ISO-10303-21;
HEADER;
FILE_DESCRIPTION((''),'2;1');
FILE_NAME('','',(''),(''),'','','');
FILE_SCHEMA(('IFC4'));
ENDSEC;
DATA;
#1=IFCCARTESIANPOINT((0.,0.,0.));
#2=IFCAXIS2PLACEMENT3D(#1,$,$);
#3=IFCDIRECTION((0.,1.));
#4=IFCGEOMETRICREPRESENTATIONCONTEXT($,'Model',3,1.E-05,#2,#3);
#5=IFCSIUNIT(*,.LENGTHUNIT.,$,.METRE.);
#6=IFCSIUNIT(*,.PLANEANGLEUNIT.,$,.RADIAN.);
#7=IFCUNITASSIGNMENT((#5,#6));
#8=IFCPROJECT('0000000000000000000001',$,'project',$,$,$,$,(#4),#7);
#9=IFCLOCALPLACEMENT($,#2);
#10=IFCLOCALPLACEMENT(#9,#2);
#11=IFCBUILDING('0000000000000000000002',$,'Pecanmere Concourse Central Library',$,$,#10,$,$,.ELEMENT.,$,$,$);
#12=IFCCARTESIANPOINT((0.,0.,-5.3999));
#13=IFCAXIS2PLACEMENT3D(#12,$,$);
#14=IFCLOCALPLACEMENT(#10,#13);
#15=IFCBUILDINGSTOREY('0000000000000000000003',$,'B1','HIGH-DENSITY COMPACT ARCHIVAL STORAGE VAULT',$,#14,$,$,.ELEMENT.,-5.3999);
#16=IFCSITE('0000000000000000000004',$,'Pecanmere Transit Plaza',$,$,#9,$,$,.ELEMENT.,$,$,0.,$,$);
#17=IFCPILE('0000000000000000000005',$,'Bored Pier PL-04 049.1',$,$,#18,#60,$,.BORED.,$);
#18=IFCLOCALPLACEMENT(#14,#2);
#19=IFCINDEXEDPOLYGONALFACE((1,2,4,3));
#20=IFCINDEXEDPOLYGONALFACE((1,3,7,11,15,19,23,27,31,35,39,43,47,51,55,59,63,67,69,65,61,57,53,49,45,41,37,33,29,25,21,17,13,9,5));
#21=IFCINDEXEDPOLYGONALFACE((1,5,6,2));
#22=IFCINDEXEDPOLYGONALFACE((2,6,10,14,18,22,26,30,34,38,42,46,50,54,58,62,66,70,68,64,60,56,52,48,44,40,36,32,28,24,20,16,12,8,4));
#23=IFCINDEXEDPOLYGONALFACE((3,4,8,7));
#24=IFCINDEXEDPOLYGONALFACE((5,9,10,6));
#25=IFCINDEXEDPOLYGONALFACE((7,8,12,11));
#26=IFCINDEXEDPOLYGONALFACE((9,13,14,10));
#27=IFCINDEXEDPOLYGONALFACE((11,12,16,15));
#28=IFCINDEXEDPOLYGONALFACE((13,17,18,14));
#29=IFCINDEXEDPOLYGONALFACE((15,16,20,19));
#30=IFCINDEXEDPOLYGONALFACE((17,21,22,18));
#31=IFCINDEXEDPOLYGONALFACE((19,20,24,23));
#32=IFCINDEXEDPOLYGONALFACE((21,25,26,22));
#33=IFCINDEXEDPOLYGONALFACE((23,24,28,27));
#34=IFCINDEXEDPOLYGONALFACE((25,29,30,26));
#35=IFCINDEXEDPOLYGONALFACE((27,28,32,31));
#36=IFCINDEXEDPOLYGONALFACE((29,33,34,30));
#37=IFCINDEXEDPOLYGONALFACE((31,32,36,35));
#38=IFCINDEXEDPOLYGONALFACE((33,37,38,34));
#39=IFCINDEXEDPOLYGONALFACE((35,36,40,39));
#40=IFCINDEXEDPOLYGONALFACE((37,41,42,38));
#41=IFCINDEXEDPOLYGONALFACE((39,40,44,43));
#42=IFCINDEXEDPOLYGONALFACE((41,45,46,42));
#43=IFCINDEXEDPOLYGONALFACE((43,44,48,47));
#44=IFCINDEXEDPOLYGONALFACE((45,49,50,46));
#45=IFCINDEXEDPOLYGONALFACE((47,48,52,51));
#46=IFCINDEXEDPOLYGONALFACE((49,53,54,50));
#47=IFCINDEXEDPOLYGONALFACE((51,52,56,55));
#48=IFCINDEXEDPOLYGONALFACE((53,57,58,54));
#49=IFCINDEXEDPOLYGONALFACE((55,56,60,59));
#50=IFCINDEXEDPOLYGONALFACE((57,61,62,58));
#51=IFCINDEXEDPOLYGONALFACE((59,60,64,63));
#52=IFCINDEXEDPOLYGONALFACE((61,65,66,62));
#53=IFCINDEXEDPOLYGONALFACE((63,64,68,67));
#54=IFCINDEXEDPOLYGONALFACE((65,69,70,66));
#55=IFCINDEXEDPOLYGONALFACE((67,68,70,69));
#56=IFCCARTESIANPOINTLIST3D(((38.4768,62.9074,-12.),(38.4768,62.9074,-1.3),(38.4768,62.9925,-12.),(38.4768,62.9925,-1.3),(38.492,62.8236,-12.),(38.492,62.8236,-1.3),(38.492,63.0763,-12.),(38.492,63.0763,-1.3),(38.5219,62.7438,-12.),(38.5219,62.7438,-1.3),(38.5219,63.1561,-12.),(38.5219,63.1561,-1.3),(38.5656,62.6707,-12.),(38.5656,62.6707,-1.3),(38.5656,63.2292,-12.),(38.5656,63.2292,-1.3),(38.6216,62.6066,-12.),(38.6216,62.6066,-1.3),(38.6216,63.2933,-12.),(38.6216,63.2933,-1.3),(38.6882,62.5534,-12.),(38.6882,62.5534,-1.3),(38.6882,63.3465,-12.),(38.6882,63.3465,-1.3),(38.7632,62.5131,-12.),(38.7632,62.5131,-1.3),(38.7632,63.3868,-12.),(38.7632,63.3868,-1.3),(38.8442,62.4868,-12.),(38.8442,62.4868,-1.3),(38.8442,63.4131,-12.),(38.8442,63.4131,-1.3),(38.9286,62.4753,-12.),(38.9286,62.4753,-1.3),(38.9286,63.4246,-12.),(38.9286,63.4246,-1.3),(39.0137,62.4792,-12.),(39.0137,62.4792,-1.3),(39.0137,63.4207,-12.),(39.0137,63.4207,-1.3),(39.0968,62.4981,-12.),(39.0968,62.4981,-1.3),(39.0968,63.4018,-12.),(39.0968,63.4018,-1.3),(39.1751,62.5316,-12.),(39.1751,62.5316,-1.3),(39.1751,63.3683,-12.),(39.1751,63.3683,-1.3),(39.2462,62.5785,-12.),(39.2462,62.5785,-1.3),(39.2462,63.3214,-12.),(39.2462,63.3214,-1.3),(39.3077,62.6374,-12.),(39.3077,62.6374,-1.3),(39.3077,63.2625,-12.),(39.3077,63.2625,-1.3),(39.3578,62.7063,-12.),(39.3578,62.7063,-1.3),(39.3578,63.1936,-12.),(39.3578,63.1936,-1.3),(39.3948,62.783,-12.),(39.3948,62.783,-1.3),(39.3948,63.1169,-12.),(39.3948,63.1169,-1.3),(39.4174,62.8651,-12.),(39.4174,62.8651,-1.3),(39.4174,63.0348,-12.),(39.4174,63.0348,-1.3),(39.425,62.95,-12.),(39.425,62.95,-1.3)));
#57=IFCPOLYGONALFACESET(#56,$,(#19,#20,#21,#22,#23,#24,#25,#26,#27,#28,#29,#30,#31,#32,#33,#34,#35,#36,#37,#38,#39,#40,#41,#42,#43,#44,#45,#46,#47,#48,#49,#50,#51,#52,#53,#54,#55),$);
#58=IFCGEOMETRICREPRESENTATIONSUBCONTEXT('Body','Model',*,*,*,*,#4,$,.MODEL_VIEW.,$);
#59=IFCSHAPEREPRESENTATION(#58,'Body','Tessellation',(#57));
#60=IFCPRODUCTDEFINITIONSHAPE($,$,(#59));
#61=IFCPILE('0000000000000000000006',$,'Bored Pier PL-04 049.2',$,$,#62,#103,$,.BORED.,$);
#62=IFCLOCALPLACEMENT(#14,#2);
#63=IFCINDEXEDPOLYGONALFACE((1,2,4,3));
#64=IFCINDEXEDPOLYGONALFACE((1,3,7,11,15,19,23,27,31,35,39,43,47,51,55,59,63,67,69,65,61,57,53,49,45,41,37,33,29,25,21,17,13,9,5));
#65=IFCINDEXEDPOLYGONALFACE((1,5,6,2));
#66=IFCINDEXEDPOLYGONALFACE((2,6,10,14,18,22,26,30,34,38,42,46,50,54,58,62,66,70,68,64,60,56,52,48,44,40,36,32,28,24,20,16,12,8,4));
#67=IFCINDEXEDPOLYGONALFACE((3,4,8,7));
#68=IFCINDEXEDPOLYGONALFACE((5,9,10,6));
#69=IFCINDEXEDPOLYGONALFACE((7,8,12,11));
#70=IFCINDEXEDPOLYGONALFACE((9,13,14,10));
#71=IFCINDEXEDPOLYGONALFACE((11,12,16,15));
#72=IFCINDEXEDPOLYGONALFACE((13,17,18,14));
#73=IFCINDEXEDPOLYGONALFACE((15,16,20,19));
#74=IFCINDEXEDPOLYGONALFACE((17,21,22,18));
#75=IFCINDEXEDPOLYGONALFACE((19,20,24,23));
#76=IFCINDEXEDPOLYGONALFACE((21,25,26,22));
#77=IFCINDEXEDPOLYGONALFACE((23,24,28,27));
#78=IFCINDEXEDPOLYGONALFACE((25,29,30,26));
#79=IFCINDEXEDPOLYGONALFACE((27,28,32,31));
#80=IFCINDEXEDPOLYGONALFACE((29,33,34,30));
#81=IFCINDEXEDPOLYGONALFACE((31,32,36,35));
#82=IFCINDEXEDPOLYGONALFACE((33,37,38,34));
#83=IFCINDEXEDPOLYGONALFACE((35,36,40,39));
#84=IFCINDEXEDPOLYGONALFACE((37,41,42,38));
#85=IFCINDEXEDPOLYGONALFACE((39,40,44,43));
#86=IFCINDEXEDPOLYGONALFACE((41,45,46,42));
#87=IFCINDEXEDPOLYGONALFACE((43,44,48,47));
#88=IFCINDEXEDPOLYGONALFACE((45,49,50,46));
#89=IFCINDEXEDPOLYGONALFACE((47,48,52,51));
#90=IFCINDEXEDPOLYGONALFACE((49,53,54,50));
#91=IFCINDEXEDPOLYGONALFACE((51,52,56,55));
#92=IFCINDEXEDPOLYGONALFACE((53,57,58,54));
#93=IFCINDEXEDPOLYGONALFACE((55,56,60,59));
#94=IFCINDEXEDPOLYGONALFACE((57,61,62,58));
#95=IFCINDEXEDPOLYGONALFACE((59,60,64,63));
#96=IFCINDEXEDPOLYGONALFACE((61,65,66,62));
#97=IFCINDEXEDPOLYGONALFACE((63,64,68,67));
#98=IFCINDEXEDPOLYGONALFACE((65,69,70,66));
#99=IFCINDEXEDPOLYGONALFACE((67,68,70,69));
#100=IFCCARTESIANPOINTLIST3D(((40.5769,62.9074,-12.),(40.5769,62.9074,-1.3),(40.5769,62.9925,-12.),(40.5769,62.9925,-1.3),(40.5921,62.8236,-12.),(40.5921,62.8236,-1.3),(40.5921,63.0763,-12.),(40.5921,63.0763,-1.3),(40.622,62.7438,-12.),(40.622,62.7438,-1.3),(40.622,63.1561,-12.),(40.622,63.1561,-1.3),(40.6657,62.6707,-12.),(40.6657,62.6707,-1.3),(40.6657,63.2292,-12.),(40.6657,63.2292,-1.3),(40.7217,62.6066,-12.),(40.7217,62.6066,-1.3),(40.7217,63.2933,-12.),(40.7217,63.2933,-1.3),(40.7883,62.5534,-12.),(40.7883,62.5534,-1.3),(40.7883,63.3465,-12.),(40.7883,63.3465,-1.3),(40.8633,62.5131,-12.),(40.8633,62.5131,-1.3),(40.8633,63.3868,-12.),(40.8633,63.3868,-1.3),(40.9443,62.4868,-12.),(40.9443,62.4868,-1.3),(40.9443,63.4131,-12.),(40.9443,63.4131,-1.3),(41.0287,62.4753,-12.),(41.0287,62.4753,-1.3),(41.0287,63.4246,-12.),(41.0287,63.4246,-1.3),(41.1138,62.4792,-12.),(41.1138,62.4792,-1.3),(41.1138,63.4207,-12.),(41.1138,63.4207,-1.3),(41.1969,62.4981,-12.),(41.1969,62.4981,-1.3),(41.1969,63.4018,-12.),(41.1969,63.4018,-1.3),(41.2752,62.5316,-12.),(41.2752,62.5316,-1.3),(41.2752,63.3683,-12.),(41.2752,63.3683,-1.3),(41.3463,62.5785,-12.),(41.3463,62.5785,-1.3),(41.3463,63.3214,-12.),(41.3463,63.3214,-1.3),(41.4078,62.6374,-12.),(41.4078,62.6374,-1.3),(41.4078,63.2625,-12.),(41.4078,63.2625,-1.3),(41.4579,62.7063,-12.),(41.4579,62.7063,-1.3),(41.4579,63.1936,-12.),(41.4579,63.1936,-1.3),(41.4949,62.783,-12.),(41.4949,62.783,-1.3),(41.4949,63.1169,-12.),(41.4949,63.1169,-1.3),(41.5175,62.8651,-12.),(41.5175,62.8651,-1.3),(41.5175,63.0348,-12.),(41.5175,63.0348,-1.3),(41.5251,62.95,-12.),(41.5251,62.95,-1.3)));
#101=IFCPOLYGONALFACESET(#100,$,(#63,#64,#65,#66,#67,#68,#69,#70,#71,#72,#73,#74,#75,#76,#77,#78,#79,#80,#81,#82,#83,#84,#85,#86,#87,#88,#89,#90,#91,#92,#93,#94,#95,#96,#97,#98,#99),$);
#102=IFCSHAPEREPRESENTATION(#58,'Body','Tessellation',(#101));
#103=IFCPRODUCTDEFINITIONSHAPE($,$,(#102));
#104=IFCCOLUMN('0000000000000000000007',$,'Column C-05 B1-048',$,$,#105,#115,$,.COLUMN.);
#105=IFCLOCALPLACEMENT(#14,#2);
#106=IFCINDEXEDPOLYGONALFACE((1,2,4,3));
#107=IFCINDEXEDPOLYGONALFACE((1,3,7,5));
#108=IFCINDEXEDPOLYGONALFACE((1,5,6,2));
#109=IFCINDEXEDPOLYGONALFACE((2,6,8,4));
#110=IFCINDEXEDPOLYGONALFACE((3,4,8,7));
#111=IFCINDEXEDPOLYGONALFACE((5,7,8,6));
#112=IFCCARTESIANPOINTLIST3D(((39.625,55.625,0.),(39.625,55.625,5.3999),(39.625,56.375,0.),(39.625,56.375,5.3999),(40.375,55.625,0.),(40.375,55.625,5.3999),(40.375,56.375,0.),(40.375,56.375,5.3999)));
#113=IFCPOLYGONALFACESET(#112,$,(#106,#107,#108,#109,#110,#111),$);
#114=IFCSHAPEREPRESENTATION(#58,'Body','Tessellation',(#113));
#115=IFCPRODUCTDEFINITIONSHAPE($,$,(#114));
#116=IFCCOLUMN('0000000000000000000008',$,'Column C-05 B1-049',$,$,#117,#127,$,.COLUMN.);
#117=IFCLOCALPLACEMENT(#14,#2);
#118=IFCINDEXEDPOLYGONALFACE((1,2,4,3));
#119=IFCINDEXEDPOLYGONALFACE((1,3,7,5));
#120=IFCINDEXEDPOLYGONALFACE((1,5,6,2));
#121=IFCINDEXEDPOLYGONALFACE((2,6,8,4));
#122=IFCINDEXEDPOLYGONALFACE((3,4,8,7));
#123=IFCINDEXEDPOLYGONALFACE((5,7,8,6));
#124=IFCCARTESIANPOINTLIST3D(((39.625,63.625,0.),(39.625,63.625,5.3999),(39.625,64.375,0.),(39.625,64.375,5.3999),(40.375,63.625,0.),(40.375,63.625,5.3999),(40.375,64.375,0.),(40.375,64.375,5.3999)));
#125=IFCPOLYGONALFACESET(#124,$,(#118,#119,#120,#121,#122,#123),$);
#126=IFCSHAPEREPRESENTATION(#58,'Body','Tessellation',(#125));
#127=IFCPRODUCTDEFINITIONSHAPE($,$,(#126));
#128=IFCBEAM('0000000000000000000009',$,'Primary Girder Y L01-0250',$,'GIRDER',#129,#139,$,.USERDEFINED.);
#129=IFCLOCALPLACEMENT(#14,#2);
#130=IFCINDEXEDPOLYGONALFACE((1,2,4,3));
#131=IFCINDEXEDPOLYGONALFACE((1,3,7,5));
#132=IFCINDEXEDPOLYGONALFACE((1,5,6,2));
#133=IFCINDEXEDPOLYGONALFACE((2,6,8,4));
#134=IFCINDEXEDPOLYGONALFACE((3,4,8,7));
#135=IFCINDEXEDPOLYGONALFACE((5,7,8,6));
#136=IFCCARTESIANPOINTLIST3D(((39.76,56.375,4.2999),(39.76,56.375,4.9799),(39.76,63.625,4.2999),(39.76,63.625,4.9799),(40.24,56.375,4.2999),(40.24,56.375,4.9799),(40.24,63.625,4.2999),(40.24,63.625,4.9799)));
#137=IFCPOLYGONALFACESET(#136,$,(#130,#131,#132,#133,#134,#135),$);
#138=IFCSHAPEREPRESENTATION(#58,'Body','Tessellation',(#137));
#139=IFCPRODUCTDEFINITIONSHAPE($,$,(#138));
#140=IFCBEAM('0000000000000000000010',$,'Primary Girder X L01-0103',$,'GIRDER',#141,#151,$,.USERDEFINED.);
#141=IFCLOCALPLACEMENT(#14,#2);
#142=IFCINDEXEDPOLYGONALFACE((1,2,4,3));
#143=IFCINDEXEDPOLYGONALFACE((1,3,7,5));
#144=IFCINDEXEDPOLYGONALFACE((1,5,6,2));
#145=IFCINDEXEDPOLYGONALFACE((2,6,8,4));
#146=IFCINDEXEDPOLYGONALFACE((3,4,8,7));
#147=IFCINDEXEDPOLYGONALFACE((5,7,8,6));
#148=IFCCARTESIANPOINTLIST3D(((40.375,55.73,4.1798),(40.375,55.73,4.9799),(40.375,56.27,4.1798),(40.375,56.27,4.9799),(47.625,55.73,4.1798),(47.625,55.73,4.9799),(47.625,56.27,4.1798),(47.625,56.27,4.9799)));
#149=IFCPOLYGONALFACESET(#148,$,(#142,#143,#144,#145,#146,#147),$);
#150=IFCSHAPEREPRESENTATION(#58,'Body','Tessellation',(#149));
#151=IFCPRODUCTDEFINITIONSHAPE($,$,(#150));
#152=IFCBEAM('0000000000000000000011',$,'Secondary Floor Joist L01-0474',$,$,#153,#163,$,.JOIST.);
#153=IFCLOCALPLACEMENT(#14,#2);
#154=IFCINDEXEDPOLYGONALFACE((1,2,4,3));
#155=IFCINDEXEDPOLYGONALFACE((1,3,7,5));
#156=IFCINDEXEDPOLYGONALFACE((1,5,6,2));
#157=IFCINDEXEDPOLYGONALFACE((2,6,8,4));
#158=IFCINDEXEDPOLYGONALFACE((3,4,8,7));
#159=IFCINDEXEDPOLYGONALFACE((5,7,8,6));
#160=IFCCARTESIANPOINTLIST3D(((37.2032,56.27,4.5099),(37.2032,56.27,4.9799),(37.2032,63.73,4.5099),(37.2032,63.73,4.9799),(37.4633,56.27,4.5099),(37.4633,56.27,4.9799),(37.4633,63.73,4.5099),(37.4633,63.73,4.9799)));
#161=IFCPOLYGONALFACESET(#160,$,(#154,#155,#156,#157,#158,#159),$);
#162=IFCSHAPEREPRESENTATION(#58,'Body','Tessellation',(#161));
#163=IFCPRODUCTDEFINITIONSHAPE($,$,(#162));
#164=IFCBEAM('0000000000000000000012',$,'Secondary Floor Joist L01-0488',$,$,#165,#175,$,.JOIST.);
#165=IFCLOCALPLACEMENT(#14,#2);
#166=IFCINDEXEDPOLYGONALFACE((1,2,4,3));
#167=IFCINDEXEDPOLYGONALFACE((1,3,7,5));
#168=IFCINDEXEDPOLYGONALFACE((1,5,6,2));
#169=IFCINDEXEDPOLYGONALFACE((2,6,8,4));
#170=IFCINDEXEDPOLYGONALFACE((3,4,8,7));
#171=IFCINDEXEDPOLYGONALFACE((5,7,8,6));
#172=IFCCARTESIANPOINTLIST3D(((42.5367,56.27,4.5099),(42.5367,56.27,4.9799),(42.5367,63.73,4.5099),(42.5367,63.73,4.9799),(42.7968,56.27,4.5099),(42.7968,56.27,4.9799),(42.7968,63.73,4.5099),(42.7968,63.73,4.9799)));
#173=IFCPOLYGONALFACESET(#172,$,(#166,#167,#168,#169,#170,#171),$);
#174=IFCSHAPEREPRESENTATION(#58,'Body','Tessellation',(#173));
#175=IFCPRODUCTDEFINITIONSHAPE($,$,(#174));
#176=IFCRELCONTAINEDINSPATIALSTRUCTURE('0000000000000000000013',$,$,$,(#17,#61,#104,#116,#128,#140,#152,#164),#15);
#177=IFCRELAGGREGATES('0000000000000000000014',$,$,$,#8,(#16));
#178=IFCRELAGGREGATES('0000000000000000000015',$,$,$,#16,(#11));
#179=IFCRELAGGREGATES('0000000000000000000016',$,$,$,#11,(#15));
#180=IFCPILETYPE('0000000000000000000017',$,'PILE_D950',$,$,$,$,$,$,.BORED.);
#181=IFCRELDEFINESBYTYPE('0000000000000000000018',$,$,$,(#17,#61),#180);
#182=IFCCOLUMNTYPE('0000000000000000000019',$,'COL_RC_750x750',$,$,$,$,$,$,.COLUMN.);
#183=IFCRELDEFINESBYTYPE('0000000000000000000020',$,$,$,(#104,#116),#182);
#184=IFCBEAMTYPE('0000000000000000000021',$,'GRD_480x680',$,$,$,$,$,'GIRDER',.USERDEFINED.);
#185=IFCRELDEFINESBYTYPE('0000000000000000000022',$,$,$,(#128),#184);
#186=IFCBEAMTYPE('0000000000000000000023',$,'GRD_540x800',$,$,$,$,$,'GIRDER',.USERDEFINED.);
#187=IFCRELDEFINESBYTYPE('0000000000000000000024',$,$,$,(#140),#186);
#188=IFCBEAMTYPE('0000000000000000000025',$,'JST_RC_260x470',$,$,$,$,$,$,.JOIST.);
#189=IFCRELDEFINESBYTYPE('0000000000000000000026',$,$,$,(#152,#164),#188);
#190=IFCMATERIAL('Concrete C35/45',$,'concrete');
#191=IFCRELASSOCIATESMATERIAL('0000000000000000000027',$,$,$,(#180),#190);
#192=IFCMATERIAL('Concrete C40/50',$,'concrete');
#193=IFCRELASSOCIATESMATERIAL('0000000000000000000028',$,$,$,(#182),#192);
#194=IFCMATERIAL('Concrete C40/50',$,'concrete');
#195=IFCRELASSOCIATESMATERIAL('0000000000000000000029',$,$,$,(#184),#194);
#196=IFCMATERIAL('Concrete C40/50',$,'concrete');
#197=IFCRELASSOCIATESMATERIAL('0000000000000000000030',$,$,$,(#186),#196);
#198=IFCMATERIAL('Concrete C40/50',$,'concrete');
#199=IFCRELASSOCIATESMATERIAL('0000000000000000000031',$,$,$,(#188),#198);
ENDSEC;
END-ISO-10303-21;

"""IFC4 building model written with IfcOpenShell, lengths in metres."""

from ifc_helpers import new_model, si_unit, direction, frame, origin, origin_2d, place, context, subcontext, project, spatial, rectangle, circle, extrude, material, material_profile, profile_set, type_object, element, save


model = new_model("IFC4")

# Units and contexts
model_context = context("Model", 3, precision=1e-05, world=origin(), true_north=direction((0.0, 1.0)))
body_context = subcontext(model_context, "Body", "Model", "MODEL_VIEW")
ifc_project = project(units=[si_unit("LENGTHUNIT", "METRE"), si_unit("PLANEANGLEUNIT", "RADIAN")], contexts=[model_context])

# Site, building, storey
site_placement = place(None, origin())
site = spatial("IfcSite", under=ifc_project, at=site_placement, Name="Pecanmere Transit Plaza", CompositionType="ELEMENT", RefElevation=0.0)
building_placement = place(site_placement, origin())
building = spatial("IfcBuilding", under=site, at=building_placement, Name="Pecanmere Concourse Central Library", CompositionType="ELEMENT")
storey_placement = place(building_placement, frame((0.0, 0.0, -5.3999)))
storey = spatial("IfcBuildingStorey", under=building, at=storey_placement, Name="B1", Description="HIGH-DENSITY COMPACT ARCHIVAL STORAGE VAULT", CompositionType="ELEMENT", Elevation=-5.3999)

# Piles
ifc_material_1 = material(Name="Concrete C35/45", Category="concrete")
ifc_material_profile_1 = material_profile(ifc_material_1, circle(Radius=0.4751, at=origin_2d()), Name="PIER D950")
ifc_profile_set_1 = profile_set([ifc_material_profile_1], Name="Concrete C35/45")
pile_type = type_object("IfcPileType", Name="PILE_D950", PredefinedType="BORED", material=ifc_profile_set_1)
for number, where, z_axis, x_axis, name in (
    (1, (38.95, 62.95, -1.3), (0.0, 0.0, -1.0), (1.0, 0.0, 0.0), "Bored Pier PL-04 049.1"),
    (2, (41.05, 62.95, -1.3), (0.0, 0.0, -1.0), (1.0, 0.0, 0.0), "Bored Pier PL-04 049.2"),
):
    element("IfcPile", number, at=place(storey_placement, frame(where, z_axis=z_axis, x_axis=x_axis)), inside=storey, type_object=pile_type, Name=name, PredefinedType="BORED", context=body_context, shape_type="SweptSolid", body=[
        extrude(circle(Radius=0.4751, at=origin_2d()), origin(), (0.0, 0.0, 1.0), 10.7),
    ])

# Columns
ifc_material_2 = material(Name="Concrete C40/50", Category="concrete")
ifc_material_profile_2 = material_profile(ifc_material_2, rectangle(XDim=0.75, YDim=0.75, at=origin_2d()), Name="RC 750x750")
ifc_profile_set_2 = profile_set([ifc_material_profile_2], Name="Concrete C40/50")
column_type = type_object("IfcColumnType", Name="COL_RC_750x750", PredefinedType="COLUMN", material=ifc_profile_set_2)
for number, where, z_axis, x_axis, name in (
    (3, (40.0, 56.0, 0.0), (0.0, 0.0, 1.0), (1.0, 0.0, 0.0), "Column C-05 B1-048"),
    (4, (40.0, 64.0, 0.0), (0.0, 0.0, 1.0), (1.0, 0.0, 0.0), "Column C-05 B1-049"),
):
    element("IfcColumn", number, at=place(storey_placement, frame(where, z_axis=z_axis, x_axis=x_axis)), inside=storey, type_object=column_type, Name=name, PredefinedType="COLUMN", context=body_context, shape_type="SweptSolid", body=[
        extrude(rectangle(XDim=0.75, YDim=0.75, at=origin_2d()), origin(), (0.0, 0.0, 1.0), 5.3999),
    ])

# Beams
ifc_material_3 = material(Name="Concrete C40/50", Category="concrete")
ifc_material_profile_3 = material_profile(ifc_material_3, rectangle(XDim=0.48, YDim=0.6799, at=origin_2d()), Name="RC 480x680")
ifc_profile_set_3 = profile_set([ifc_material_profile_3], Name="Concrete C40/50")
beam_type_1 = type_object("IfcBeamType", Name="GRD_480x680", ElementType="GIRDER", PredefinedType="USERDEFINED", material=ifc_profile_set_3)
beam_1_placement = place(storey_placement, frame((40.0, 56.375, 4.6399), z_axis=(0.0, 1.0, 0.0), x_axis=(-1.0, 0.0, 0.0)))
element("IfcBeam", 5, at=beam_1_placement, inside=storey, type_object=beam_type_1, Name="Primary Girder Y L01-0250", ObjectType="GIRDER", PredefinedType="USERDEFINED", context=body_context, shape_type="SweptSolid", body=[
    extrude(rectangle(XDim=0.48, YDim=0.6799, at=origin_2d()), origin(), (0.0, 0.0, 1.0), 7.25),
])
ifc_material_4 = material(Name="Concrete C40/50", Category="concrete")
ifc_material_profile_4 = material_profile(ifc_material_4, rectangle(XDim=0.54, YDim=0.8, at=origin_2d()), Name="RC 540x800")
ifc_profile_set_4 = profile_set([ifc_material_profile_4], Name="Concrete C40/50")
beam_type_2 = type_object("IfcBeamType", Name="GRD_540x800", ElementType="GIRDER", PredefinedType="USERDEFINED", material=ifc_profile_set_4)
beam_2_placement = place(storey_placement, frame((40.375, 56.0, 4.5798), z_axis=(1.0, 0.0, 0.0), x_axis=(0.0, 1.0, 0.0)))
element("IfcBeam", 6, at=beam_2_placement, inside=storey, type_object=beam_type_2, Name="Primary Girder X L01-0103", ObjectType="GIRDER", PredefinedType="USERDEFINED", context=body_context, shape_type="SweptSolid", body=[
    extrude(rectangle(XDim=0.54, YDim=0.8, at=origin_2d()), origin(), (0.0, 0.0, 1.0), 7.25),
])
ifc_material_5 = material(Name="Concrete C40/50", Category="concrete")
ifc_material_profile_5 = material_profile(ifc_material_5, rectangle(XDim=0.26, YDim=0.47, at=origin_2d()), Name="RC 260x470")
ifc_profile_set_5 = profile_set([ifc_material_profile_5], Name="Concrete C40/50")
beam_type_3 = type_object("IfcBeamType", Name="JST_RC_260x470", PredefinedType="JOIST", material=ifc_profile_set_5)
for number, where, z_axis, x_axis, name in (
    (7, (37.3333, 56.27, 4.7449), (0.0, 1.0, 0.0), (-1.0, 0.0, 0.0), "Secondary Floor Joist L01-0474"),
    (8, (42.6667, 56.27, 4.7449), (0.0, 1.0, 0.0), (-1.0, 0.0, 0.0), "Secondary Floor Joist L01-0488"),
):
    element("IfcBeam", number, at=place(storey_placement, frame(where, z_axis=z_axis, x_axis=x_axis)), inside=storey, type_object=beam_type_3, Name=name, PredefinedType="JOIST", context=body_context, shape_type="SweptSolid", body=[
        extrude(rectangle(XDim=0.26, YDim=0.47, at=origin_2d()), origin(), (0.0, 0.0, 1.0), 7.46),
    ])

save(model, "model.ifc")
